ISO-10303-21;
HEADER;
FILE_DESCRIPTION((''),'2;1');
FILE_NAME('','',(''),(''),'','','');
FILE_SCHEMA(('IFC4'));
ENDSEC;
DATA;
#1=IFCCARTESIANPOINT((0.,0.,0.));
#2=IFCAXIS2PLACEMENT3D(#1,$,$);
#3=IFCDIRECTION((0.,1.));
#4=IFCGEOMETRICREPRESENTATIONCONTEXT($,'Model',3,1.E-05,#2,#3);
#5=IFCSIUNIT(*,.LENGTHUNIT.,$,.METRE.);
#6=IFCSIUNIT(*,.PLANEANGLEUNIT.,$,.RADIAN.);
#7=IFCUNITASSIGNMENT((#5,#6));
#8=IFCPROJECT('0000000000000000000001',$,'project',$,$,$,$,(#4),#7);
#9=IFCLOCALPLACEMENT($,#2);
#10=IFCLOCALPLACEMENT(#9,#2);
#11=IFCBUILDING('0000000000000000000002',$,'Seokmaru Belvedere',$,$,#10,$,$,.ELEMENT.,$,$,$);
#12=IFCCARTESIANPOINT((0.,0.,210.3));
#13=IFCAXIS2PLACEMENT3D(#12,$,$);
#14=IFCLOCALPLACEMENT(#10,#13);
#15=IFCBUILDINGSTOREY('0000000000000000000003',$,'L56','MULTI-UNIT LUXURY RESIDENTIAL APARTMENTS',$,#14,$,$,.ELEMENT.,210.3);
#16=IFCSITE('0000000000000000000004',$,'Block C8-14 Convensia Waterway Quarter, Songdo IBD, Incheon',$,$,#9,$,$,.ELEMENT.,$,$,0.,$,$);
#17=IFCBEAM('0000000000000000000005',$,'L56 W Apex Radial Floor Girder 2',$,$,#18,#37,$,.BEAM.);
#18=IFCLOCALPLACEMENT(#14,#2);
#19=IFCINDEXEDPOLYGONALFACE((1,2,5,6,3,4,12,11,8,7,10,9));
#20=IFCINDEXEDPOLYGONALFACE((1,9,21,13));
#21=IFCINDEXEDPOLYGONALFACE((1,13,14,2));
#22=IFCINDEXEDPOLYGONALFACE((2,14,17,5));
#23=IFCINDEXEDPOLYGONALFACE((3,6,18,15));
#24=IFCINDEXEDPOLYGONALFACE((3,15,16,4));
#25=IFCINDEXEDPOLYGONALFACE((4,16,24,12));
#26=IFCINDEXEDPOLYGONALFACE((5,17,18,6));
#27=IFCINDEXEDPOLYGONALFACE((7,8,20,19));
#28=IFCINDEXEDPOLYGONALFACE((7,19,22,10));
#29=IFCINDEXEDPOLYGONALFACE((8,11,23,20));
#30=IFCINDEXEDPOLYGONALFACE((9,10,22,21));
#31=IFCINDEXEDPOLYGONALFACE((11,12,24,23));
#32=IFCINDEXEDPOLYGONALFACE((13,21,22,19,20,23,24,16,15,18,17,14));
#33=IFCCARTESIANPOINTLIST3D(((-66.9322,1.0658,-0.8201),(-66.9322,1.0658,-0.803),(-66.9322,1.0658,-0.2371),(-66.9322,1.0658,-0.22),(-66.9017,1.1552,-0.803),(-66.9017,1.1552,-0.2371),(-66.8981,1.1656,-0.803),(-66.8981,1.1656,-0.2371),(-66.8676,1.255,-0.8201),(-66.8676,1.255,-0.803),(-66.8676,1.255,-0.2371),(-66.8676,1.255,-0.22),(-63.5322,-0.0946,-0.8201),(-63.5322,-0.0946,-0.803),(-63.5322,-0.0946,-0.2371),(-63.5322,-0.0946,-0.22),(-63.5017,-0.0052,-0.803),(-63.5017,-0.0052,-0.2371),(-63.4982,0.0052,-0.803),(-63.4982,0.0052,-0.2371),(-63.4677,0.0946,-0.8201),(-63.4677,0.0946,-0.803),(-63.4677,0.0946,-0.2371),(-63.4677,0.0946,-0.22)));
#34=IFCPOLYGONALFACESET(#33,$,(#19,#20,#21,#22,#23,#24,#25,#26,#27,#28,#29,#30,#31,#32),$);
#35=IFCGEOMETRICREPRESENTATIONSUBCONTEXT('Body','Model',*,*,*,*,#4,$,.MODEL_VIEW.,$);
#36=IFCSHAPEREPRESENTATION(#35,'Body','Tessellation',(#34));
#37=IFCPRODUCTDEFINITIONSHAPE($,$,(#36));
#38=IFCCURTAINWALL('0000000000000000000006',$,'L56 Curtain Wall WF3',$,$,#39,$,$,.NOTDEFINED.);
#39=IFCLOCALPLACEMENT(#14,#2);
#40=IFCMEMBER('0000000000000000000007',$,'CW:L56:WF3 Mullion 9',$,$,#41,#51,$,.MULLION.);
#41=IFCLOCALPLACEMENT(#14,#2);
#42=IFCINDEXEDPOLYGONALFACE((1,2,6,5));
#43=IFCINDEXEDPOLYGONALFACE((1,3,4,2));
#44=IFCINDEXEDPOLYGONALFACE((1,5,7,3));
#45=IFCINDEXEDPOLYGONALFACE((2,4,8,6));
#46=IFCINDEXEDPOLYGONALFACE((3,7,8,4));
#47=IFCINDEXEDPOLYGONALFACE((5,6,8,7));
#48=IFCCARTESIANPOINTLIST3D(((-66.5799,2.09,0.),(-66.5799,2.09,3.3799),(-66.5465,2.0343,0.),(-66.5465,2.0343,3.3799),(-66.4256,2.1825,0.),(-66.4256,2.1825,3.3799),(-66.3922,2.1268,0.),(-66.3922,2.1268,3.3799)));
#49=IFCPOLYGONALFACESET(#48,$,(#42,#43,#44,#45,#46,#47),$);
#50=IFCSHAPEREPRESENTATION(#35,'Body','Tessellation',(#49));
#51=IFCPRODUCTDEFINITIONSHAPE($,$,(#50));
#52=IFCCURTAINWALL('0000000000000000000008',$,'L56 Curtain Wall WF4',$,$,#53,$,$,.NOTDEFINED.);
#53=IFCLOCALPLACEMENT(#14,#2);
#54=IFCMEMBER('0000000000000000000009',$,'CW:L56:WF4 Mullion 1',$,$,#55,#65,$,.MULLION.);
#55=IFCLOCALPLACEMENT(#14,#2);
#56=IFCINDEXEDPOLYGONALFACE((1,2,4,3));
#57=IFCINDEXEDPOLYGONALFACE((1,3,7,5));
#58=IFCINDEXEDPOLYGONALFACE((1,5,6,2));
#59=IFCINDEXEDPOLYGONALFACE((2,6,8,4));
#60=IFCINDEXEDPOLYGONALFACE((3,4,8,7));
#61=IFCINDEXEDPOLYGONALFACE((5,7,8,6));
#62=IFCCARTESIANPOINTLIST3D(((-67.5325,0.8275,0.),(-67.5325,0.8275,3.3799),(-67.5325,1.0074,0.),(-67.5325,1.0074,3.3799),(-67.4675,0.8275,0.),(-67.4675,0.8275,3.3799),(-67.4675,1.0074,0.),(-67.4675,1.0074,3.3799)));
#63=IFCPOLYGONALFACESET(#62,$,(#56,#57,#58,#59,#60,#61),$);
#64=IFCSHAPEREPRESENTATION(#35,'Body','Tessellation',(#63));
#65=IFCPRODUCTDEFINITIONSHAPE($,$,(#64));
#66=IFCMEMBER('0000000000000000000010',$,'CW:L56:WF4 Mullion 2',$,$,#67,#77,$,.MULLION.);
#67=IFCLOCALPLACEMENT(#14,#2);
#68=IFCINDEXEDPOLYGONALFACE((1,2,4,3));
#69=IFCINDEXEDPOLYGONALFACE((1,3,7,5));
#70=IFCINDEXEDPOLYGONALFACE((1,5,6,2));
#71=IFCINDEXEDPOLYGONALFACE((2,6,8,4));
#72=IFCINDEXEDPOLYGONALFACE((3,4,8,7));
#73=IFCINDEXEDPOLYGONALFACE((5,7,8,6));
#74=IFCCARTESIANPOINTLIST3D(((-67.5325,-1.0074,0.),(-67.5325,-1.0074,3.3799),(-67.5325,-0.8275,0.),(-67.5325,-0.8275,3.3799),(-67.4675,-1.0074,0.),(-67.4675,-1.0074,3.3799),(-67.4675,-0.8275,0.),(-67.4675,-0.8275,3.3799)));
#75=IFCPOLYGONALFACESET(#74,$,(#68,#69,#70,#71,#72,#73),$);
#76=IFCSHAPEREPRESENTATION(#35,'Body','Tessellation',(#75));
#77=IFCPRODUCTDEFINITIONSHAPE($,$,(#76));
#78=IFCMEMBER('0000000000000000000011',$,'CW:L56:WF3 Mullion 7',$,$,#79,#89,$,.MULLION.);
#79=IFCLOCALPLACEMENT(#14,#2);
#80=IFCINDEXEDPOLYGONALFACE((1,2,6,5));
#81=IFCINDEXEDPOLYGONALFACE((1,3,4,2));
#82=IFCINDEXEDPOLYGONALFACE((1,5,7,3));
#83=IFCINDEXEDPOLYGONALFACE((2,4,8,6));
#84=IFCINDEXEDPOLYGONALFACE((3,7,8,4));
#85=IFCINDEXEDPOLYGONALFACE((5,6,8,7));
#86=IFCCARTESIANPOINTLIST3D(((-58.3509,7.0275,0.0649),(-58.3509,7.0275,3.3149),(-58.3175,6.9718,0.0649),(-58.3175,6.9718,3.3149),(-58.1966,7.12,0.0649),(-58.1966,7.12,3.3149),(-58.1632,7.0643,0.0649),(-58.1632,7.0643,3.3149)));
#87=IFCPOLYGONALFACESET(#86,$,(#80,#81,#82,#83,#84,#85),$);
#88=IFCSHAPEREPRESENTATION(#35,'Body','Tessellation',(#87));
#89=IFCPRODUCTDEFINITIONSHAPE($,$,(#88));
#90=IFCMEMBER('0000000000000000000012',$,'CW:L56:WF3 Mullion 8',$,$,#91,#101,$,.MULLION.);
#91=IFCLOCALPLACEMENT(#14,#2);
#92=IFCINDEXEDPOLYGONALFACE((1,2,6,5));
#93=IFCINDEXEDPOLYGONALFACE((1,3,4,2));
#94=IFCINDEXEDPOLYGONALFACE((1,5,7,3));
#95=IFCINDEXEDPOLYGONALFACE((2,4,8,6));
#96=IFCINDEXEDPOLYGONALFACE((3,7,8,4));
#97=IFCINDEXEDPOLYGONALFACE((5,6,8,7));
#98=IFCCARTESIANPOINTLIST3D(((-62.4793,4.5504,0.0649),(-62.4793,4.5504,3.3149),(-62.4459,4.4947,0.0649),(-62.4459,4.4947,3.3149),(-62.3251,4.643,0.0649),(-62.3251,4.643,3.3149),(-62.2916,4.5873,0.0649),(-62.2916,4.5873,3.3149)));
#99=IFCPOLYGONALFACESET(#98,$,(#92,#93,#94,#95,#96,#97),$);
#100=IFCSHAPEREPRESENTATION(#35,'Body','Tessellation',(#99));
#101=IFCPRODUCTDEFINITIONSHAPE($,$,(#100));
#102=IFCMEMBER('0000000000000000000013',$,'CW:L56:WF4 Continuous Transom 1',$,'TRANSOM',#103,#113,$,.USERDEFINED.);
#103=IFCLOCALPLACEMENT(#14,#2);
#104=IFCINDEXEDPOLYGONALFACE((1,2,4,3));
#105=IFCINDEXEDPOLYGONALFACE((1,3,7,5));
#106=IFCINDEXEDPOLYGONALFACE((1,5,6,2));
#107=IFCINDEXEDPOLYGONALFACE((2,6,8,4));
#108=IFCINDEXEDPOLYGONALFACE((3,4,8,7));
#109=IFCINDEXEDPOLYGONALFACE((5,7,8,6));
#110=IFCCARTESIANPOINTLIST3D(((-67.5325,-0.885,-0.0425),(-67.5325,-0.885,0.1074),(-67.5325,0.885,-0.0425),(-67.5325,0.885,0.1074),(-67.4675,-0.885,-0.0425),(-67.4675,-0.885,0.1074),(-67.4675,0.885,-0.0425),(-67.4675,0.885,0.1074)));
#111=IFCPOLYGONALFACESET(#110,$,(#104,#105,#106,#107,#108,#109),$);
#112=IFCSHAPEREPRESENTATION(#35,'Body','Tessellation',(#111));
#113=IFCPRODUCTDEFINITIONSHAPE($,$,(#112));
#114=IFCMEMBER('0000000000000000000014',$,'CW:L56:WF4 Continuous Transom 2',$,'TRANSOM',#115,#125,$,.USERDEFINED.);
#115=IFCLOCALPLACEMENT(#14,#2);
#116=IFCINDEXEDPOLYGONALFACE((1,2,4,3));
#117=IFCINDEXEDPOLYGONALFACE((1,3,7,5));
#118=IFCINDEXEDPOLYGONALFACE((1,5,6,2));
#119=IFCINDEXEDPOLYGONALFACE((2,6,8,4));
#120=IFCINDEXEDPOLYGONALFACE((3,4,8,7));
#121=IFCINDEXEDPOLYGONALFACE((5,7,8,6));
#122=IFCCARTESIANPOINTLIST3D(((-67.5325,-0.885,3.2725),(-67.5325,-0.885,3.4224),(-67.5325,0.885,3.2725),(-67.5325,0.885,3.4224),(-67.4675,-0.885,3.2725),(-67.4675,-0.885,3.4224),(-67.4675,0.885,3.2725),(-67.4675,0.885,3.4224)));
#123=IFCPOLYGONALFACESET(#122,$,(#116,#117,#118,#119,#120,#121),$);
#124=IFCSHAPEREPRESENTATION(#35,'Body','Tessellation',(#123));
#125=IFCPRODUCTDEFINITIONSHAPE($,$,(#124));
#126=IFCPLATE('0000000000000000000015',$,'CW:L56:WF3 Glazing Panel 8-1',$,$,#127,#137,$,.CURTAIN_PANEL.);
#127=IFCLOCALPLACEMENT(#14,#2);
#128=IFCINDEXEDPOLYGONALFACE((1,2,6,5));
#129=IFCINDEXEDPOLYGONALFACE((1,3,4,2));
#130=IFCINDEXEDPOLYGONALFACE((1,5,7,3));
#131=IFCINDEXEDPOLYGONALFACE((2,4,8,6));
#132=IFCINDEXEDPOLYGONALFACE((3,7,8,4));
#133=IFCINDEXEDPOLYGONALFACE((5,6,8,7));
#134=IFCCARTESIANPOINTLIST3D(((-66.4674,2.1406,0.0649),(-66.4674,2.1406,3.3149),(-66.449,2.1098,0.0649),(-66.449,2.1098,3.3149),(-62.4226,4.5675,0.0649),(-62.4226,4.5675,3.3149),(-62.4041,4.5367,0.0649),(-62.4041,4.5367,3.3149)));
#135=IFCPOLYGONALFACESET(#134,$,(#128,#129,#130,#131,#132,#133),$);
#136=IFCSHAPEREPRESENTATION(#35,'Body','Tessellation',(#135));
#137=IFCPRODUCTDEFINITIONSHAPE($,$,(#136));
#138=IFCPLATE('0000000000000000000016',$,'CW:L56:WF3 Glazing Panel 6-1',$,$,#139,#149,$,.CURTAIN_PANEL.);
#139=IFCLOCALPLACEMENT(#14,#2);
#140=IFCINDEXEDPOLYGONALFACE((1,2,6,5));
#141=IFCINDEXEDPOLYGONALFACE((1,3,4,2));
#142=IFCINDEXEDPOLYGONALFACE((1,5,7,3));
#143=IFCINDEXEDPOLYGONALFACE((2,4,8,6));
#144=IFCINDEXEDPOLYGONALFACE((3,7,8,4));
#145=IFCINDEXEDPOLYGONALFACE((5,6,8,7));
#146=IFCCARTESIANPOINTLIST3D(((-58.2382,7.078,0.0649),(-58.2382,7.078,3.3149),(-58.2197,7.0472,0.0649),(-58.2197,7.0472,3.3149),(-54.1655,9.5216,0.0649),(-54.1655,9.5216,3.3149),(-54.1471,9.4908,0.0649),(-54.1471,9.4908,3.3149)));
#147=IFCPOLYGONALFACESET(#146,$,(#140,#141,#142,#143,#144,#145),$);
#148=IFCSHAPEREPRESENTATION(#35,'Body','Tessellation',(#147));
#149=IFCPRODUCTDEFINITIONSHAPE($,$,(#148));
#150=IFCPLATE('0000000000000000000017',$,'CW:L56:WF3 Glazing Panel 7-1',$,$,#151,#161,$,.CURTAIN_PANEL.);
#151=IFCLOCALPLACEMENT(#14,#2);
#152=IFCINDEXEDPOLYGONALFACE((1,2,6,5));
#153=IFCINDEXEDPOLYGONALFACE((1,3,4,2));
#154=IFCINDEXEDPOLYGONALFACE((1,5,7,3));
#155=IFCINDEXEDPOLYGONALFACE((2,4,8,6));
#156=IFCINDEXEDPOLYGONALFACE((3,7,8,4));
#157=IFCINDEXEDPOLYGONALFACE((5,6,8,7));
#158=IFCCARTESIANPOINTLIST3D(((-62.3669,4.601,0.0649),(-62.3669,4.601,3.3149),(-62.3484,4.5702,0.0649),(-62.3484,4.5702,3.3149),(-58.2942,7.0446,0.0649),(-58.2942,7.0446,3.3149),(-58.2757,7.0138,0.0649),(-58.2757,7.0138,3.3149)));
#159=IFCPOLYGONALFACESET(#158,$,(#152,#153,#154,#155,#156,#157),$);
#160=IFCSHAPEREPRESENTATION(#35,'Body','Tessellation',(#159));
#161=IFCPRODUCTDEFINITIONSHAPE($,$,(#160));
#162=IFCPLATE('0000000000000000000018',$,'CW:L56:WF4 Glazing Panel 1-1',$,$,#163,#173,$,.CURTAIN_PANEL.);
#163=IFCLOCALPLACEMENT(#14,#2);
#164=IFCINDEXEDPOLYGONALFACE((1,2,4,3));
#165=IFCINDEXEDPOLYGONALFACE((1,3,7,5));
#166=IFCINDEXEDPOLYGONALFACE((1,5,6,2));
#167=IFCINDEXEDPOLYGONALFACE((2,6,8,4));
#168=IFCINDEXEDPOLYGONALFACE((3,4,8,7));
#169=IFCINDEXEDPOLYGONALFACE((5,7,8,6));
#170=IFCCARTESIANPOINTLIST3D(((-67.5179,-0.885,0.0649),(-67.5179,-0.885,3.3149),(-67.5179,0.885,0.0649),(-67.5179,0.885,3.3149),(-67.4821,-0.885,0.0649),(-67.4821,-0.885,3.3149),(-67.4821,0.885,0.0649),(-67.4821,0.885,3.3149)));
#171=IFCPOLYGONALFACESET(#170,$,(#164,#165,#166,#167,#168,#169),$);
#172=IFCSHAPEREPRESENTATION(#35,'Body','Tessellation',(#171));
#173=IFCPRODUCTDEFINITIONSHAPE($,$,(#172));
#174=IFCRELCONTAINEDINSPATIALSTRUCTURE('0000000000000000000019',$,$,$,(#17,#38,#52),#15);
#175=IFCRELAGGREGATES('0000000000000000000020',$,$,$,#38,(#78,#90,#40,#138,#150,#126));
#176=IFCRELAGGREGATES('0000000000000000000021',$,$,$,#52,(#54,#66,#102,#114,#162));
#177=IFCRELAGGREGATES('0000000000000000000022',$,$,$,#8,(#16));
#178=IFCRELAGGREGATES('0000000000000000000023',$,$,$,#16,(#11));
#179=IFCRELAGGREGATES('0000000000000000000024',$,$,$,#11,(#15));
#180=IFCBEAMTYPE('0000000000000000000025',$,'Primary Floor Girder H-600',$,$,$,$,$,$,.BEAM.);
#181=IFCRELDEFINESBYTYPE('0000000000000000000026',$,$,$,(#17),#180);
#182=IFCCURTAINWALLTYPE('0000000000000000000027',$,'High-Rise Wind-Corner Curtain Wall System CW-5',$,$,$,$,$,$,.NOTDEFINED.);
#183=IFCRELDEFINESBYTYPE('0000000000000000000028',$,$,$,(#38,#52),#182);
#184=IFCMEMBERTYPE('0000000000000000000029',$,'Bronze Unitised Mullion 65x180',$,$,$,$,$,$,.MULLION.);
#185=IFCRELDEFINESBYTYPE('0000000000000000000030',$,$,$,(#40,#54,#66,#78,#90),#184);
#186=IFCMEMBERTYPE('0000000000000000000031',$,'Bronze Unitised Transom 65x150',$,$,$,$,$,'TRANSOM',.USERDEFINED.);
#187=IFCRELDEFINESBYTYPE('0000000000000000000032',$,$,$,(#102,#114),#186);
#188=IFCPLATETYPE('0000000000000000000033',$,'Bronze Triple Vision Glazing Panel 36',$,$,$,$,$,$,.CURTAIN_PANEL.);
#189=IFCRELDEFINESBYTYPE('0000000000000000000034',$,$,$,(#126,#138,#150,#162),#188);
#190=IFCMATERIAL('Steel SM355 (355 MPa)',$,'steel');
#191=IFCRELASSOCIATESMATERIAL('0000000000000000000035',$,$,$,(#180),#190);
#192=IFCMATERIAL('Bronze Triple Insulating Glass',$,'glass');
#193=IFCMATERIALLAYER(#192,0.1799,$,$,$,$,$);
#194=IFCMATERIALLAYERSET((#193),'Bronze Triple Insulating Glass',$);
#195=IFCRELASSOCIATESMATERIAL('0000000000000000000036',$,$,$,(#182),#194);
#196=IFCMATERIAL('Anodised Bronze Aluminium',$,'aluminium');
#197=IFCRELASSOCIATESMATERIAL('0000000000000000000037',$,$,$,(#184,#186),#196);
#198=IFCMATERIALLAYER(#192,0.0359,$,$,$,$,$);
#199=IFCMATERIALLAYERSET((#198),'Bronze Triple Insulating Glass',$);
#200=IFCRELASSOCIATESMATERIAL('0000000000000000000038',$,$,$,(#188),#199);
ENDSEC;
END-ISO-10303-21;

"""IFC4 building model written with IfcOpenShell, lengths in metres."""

from ifc_helpers import new_model, si_unit, direction, frame, origin, origin_2d, place, context, subcontext, project, spatial, rectangle, i_section, extrude, source, transform, mapped, material, layer, layer_set, material_profile, profile_set, type_object, type_shapes, element, aggregate, save


model = new_model("IFC4")

# Units and contexts
model_context = context("Model", 3, precision=1e-05, world=origin(), true_north=direction((0.0, 1.0)))
body_context = subcontext(model_context, "Body", "Model", "MODEL_VIEW")
ifc_project = project(units=[si_unit("LENGTHUNIT", "METRE"), si_unit("PLANEANGLEUNIT", "RADIAN")], contexts=[model_context])

# Site, building, storey
site_placement = place(None, origin())
site = spatial("IfcSite", under=ifc_project, at=site_placement, Name="Block C8-14 Convensia Waterway Quarter, Songdo IBD, Incheon", CompositionType="ELEMENT", RefElevation=0.0)
building_placement = place(site_placement, origin())
building = spatial("IfcBuilding", under=site, at=building_placement, Name="Seokmaru Belvedere", CompositionType="ELEMENT")
storey_placement = place(building_placement, frame((0.0, 0.0, 210.3)))
storey = spatial("IfcBuildingStorey", under=building, at=storey_placement, Name="L56", Description="MULTI-UNIT LUXURY RESIDENTIAL APARTMENTS", CompositionType="ELEMENT", Elevation=210.3)

# Shared definitions
ifc_material_1 = material(Name="Steel SM355 (355 MPa)", Category="steel")

# Beam
ifc_material_profile_1 = material_profile(ifc_material_1, i_section(OverallWidth=0.2, OverallDepth=0.6001, WebThickness=0.011, FlangeThickness=0.0171, at=origin_2d()), Name="H-600x200x11x17")
ifc_profile_set_1 = profile_set([ifc_material_profile_1], Name="Steel SM355 (355 MPa)")
beam_type_1 = type_object("IfcBeamType", Name="Primary Floor Girder H-600", PredefinedType="BEAM", material=ifc_profile_set_1)
shared_shape_1 = source(origin(), body_context, "Body", "SweptSolid", [
    extrude(i_section(OverallWidth=0.2, OverallDepth=0.6001, WebThickness=0.011, FlangeThickness=0.0171, at=origin_2d()), origin(), (0.0, 0.0, 1.0), 3.5925),
])
for number, where, z_axis, x_axis, name in (
    (1, (-66.8999, 1.1604, -0.52), (0.946396, -0.323009, 0.0), (0.323009, 0.946396, 0.0), "L56 W Apex Radial Floor Girder 2"),
):
    element("IfcBeam", number, at=place(storey_placement, frame(where, z_axis=z_axis, x_axis=x_axis)), inside=storey, type_object=beam_type_1, Name=name, PredefinedType="BEAM", context=body_context, shape_type="MappedRepresentation", body=[
        mapped(shared_shape_1, transform((0.0, 0.0, 0.0), scale=1.0)),
    ])

# Curtain wall, member
ifc_material_2 = material(Name="Bronze Triple Insulating Glass", Category="glass")
ifc_layer_1 = layer(ifc_material_2, 0.1799)
ifc_layer_set_1 = layer_set([ifc_layer_1], Name="Bronze Triple Insulating Glass")
curtain_wall_type = type_object("IfcCurtainWallType", Name="High-Rise Wind-Corner Curtain Wall System CW-5", PredefinedType="NOTDEFINED", material=ifc_layer_set_1)
curtain_wall_1_placement = place(storey_placement, origin())
curtain_wall_1 = element("IfcCurtainWall", 2, at=curtain_wall_1_placement, inside=storey, type_object=curtain_wall_type, Name="L56 Curtain Wall WF3", PredefinedType="NOTDEFINED")
ifc_material_3 = material(Name="Anodised Bronze Aluminium", Category="aluminium")
ifc_material_profile_2 = material_profile(ifc_material_3, rectangle(XDim=0.0649, YDim=0.1799, at=origin_2d()), Name="CW-M-65x180")
ifc_profile_set_2 = profile_set([ifc_material_profile_2], Name="Anodised Bronze Aluminium")
member_type_1 = type_object("IfcMemberType", Name="Bronze Unitised Mullion 65x180", PredefinedType="MULLION", material=ifc_profile_set_2)
shared_shape_2 = source(origin(), body_context, "Body", "SweptSolid", [
    extrude(rectangle(XDim=0.0649, YDim=0.1799, at=origin_2d()), origin(), (0.0, 0.0, 1.0), 3.3799),
])
member_1_placement = place(storey_placement, frame((-66.4861, 2.1084, 0.0), z_axis=(0.0, 0.0, 1.0), x_axis=(0.514495, -0.857493, 0.0)))
member_1 = element("IfcMember", 3, at=member_1_placement, type_object=member_type_1, Name="CW:L56:WF3 Mullion 9", PredefinedType="MULLION", context=body_context, shape_type="MappedRepresentation", body=[
    mapped(shared_shape_2, transform((0.0, 0.0, 0.0), scale=1.0)),
])

# Curtain wall, members
curtain_wall_2_placement = place(storey_placement, origin())
curtain_wall_2 = element("IfcCurtainWall", 4, at=curtain_wall_2_placement, inside=storey, type_object=curtain_wall_type, Name="L56 Curtain Wall WF4", PredefinedType="NOTDEFINED")
member_2_placement = place(storey_placement, frame((-67.5, 0.9175, 0.0), z_axis=(0.0, 0.0, 1.0), x_axis=(1.0, 0.0, 0.0)))
member_2 = element("IfcMember", 5, at=member_2_placement, type_object=member_type_1, Name="CW:L56:WF4 Mullion 1", PredefinedType="MULLION", context=body_context, shape_type="MappedRepresentation", body=[
    mapped(shared_shape_2, transform((0.0, 0.0, 0.0), scale=1.0)),
])
member_3_placement = place(storey_placement, frame((-67.5, -0.9175, 0.0), z_axis=(0.0, 0.0, 1.0), x_axis=(1.0, 0.0, 0.0)))
member_3 = element("IfcMember", 6, at=member_3_placement, type_object=member_type_1, Name="CW:L56:WF4 Mullion 2", PredefinedType="MULLION", context=body_context, shape_type="MappedRepresentation", body=[
    mapped(shared_shape_2, transform((0.0, 0.0, 0.0), scale=1.0)),
])

# Members
shared_shape_3 = source(origin(), body_context, "Body", "SweptSolid", [
    extrude(rectangle(XDim=0.0649, YDim=0.1799, at=origin_2d()), origin(), (0.0, 0.0, 1.0), 3.25),
])
type_shapes(member_type_1, [shared_shape_2, shared_shape_3])
member_4_placement = place(storey_placement, frame((-58.2571, 7.0459, 0.0649), z_axis=(0.0, 0.0, 1.0), x_axis=(0.514495, -0.857493, 0.0)))
member_4 = element("IfcMember", 7, at=member_4_placement, type_object=member_type_1, Name="CW:L56:WF3 Mullion 7", PredefinedType="MULLION", context=body_context, shape_type="MappedRepresentation", body=[
    mapped(shared_shape_3, transform((0.0, 0.0, 0.0), scale=1.0)),
])
member_5_placement = place(storey_placement, frame((-62.3855, 4.5688, 0.0649), z_axis=(0.0, 0.0, 1.0), x_axis=(0.514495, -0.857493, 0.0)))
member_5 = element("IfcMember", 8, at=member_5_placement, type_object=member_type_1, Name="CW:L56:WF3 Mullion 8", PredefinedType="MULLION", context=body_context, shape_type="MappedRepresentation", body=[
    mapped(shared_shape_3, transform((0.0, 0.0, 0.0), scale=1.0)),
])
ifc_material_profile_3 = material_profile(ifc_material_3, rectangle(XDim=0.0649, YDim=0.1499, at=origin_2d()), Name="CW-T-65x150")
ifc_profile_set_3 = profile_set([ifc_material_profile_3], Name="Anodised Bronze Aluminium")
member_type_2 = type_object("IfcMemberType", Name="Bronze Unitised Transom 65x150", ElementType="TRANSOM", PredefinedType="USERDEFINED", material=ifc_profile_set_3)
shared_shape_4 = source(origin(), body_context, "Body", "SweptSolid", [
    extrude(rectangle(XDim=0.0649, YDim=0.1499, at=origin_2d()), origin(), (0.0, 0.0, 1.0), 1.77),
])
type_shapes(member_type_2, [shared_shape_4])
member_6_placement = place(storey_placement, frame((-67.5, 0.885, 0.0325), z_axis=(0.0, -1.0, 0.0), x_axis=(1.0, 0.0, 0.0)))
member_6 = element("IfcMember", 9, at=member_6_placement, type_object=member_type_2, Name="CW:L56:WF4 Continuous Transom 1", ObjectType="TRANSOM", PredefinedType="USERDEFINED", context=body_context, shape_type="MappedRepresentation", body=[
    mapped(shared_shape_4, transform((0.0, 0.0, 0.0), scale=1.0)),
])
member_7_placement = place(storey_placement, frame((-67.5, 0.885, 3.3474), z_axis=(0.0, -1.0, 0.0), x_axis=(1.0, 0.0, 0.0)))
member_7 = element("IfcMember", 10, at=member_7_placement, type_object=member_type_2, Name="CW:L56:WF4 Continuous Transom 2", ObjectType="TRANSOM", PredefinedType="USERDEFINED", context=body_context, shape_type="MappedRepresentation", body=[
    mapped(shared_shape_4, transform((0.0, 0.0, 0.0), scale=1.0)),
])

# Plates
ifc_layer_2 = layer(ifc_material_2, 0.0359)
ifc_layer_set_2 = layer_set([ifc_layer_2], Name="Bronze Triple Insulating Glass")
plate_type = type_object("IfcPlateType", Name="Bronze Triple Vision Glazing Panel 36", PredefinedType="CURTAIN_PANEL", material=ifc_layer_set_2)
shared_shape_5 = source(origin(), body_context, "Body", "SweptSolid", [
    extrude(rectangle(XDim=4.717, YDim=0.0359, at=origin_2d()), origin(), (0.0, 0.0, 1.0), 3.25),
])
plate_1_placement = place(storey_placement, frame((-64.4358, 3.3386, 0.0649), z_axis=(0.0, 0.0, 1.0), x_axis=(-0.857493, -0.514495, 0.0)))
plate_1 = element("IfcPlate", 11, at=plate_1_placement, type_object=plate_type, Name="CW:L56:WF3 Glazing Panel 8-1", PredefinedType="CURTAIN_PANEL", context=body_context, shape_type="MappedRepresentation", body=[
    mapped(shared_shape_5, transform((0.0, 0.0, 0.0), scale=1.0)),
])
shared_shape_6 = source(origin(), body_context, "Body", "SweptSolid", [
    extrude(rectangle(XDim=4.7495, YDim=0.0359, at=origin_2d()), origin(), (0.0, 0.0, 1.0), 3.25),
])
plate_2_placement = place(storey_placement, frame((-56.1926, 8.2844, 0.0649), z_axis=(0.0, 0.0, 1.0), x_axis=(-0.857493, -0.514495, 0.0)))
plate_2 = element("IfcPlate", 12, at=plate_2_placement, type_object=plate_type, Name="CW:L56:WF3 Glazing Panel 6-1", PredefinedType="CURTAIN_PANEL", context=body_context, shape_type="MappedRepresentation", body=[
    mapped(shared_shape_6, transform((0.0, 0.0, 0.0), scale=1.0)),
])
plate_3_placement = place(storey_placement, frame((-60.3213, 5.8074, 0.0649), z_axis=(0.0, 0.0, 1.0), x_axis=(-0.857493, -0.514495, 0.0)))
plate_3 = element("IfcPlate", 13, at=plate_3_placement, type_object=plate_type, Name="CW:L56:WF3 Glazing Panel 7-1", PredefinedType="CURTAIN_PANEL", context=body_context, shape_type="MappedRepresentation", body=[
    mapped(shared_shape_6, transform((0.0, 0.0, 0.0), scale=1.0)),
])
aggregate(curtain_wall_1, [member_4, member_5, member_1, plate_2, plate_3, plate_1])
shared_shape_7 = source(origin(), body_context, "Body", "SweptSolid", [
    extrude(rectangle(XDim=1.77, YDim=0.0359, at=origin_2d()), origin(), (0.0, 0.0, 1.0), 3.25),
])
type_shapes(plate_type, [shared_shape_5, shared_shape_6, shared_shape_7])
plate_4_placement = place(storey_placement, frame((-67.5, 0.0, 0.0649), z_axis=(0.0, 0.0, 1.0), x_axis=(0.0, -1.0, 0.0)))
plate_4 = element("IfcPlate", 14, at=plate_4_placement, type_object=plate_type, Name="CW:L56:WF4 Glazing Panel 1-1", PredefinedType="CURTAIN_PANEL", context=body_context, shape_type="MappedRepresentation", body=[
    mapped(shared_shape_7, transform((0.0, 0.0, 0.0), scale=1.0)),
])
aggregate(curtain_wall_2, [member_2, member_3, member_6, member_7, plate_4])

save(model, "model.ifc")
